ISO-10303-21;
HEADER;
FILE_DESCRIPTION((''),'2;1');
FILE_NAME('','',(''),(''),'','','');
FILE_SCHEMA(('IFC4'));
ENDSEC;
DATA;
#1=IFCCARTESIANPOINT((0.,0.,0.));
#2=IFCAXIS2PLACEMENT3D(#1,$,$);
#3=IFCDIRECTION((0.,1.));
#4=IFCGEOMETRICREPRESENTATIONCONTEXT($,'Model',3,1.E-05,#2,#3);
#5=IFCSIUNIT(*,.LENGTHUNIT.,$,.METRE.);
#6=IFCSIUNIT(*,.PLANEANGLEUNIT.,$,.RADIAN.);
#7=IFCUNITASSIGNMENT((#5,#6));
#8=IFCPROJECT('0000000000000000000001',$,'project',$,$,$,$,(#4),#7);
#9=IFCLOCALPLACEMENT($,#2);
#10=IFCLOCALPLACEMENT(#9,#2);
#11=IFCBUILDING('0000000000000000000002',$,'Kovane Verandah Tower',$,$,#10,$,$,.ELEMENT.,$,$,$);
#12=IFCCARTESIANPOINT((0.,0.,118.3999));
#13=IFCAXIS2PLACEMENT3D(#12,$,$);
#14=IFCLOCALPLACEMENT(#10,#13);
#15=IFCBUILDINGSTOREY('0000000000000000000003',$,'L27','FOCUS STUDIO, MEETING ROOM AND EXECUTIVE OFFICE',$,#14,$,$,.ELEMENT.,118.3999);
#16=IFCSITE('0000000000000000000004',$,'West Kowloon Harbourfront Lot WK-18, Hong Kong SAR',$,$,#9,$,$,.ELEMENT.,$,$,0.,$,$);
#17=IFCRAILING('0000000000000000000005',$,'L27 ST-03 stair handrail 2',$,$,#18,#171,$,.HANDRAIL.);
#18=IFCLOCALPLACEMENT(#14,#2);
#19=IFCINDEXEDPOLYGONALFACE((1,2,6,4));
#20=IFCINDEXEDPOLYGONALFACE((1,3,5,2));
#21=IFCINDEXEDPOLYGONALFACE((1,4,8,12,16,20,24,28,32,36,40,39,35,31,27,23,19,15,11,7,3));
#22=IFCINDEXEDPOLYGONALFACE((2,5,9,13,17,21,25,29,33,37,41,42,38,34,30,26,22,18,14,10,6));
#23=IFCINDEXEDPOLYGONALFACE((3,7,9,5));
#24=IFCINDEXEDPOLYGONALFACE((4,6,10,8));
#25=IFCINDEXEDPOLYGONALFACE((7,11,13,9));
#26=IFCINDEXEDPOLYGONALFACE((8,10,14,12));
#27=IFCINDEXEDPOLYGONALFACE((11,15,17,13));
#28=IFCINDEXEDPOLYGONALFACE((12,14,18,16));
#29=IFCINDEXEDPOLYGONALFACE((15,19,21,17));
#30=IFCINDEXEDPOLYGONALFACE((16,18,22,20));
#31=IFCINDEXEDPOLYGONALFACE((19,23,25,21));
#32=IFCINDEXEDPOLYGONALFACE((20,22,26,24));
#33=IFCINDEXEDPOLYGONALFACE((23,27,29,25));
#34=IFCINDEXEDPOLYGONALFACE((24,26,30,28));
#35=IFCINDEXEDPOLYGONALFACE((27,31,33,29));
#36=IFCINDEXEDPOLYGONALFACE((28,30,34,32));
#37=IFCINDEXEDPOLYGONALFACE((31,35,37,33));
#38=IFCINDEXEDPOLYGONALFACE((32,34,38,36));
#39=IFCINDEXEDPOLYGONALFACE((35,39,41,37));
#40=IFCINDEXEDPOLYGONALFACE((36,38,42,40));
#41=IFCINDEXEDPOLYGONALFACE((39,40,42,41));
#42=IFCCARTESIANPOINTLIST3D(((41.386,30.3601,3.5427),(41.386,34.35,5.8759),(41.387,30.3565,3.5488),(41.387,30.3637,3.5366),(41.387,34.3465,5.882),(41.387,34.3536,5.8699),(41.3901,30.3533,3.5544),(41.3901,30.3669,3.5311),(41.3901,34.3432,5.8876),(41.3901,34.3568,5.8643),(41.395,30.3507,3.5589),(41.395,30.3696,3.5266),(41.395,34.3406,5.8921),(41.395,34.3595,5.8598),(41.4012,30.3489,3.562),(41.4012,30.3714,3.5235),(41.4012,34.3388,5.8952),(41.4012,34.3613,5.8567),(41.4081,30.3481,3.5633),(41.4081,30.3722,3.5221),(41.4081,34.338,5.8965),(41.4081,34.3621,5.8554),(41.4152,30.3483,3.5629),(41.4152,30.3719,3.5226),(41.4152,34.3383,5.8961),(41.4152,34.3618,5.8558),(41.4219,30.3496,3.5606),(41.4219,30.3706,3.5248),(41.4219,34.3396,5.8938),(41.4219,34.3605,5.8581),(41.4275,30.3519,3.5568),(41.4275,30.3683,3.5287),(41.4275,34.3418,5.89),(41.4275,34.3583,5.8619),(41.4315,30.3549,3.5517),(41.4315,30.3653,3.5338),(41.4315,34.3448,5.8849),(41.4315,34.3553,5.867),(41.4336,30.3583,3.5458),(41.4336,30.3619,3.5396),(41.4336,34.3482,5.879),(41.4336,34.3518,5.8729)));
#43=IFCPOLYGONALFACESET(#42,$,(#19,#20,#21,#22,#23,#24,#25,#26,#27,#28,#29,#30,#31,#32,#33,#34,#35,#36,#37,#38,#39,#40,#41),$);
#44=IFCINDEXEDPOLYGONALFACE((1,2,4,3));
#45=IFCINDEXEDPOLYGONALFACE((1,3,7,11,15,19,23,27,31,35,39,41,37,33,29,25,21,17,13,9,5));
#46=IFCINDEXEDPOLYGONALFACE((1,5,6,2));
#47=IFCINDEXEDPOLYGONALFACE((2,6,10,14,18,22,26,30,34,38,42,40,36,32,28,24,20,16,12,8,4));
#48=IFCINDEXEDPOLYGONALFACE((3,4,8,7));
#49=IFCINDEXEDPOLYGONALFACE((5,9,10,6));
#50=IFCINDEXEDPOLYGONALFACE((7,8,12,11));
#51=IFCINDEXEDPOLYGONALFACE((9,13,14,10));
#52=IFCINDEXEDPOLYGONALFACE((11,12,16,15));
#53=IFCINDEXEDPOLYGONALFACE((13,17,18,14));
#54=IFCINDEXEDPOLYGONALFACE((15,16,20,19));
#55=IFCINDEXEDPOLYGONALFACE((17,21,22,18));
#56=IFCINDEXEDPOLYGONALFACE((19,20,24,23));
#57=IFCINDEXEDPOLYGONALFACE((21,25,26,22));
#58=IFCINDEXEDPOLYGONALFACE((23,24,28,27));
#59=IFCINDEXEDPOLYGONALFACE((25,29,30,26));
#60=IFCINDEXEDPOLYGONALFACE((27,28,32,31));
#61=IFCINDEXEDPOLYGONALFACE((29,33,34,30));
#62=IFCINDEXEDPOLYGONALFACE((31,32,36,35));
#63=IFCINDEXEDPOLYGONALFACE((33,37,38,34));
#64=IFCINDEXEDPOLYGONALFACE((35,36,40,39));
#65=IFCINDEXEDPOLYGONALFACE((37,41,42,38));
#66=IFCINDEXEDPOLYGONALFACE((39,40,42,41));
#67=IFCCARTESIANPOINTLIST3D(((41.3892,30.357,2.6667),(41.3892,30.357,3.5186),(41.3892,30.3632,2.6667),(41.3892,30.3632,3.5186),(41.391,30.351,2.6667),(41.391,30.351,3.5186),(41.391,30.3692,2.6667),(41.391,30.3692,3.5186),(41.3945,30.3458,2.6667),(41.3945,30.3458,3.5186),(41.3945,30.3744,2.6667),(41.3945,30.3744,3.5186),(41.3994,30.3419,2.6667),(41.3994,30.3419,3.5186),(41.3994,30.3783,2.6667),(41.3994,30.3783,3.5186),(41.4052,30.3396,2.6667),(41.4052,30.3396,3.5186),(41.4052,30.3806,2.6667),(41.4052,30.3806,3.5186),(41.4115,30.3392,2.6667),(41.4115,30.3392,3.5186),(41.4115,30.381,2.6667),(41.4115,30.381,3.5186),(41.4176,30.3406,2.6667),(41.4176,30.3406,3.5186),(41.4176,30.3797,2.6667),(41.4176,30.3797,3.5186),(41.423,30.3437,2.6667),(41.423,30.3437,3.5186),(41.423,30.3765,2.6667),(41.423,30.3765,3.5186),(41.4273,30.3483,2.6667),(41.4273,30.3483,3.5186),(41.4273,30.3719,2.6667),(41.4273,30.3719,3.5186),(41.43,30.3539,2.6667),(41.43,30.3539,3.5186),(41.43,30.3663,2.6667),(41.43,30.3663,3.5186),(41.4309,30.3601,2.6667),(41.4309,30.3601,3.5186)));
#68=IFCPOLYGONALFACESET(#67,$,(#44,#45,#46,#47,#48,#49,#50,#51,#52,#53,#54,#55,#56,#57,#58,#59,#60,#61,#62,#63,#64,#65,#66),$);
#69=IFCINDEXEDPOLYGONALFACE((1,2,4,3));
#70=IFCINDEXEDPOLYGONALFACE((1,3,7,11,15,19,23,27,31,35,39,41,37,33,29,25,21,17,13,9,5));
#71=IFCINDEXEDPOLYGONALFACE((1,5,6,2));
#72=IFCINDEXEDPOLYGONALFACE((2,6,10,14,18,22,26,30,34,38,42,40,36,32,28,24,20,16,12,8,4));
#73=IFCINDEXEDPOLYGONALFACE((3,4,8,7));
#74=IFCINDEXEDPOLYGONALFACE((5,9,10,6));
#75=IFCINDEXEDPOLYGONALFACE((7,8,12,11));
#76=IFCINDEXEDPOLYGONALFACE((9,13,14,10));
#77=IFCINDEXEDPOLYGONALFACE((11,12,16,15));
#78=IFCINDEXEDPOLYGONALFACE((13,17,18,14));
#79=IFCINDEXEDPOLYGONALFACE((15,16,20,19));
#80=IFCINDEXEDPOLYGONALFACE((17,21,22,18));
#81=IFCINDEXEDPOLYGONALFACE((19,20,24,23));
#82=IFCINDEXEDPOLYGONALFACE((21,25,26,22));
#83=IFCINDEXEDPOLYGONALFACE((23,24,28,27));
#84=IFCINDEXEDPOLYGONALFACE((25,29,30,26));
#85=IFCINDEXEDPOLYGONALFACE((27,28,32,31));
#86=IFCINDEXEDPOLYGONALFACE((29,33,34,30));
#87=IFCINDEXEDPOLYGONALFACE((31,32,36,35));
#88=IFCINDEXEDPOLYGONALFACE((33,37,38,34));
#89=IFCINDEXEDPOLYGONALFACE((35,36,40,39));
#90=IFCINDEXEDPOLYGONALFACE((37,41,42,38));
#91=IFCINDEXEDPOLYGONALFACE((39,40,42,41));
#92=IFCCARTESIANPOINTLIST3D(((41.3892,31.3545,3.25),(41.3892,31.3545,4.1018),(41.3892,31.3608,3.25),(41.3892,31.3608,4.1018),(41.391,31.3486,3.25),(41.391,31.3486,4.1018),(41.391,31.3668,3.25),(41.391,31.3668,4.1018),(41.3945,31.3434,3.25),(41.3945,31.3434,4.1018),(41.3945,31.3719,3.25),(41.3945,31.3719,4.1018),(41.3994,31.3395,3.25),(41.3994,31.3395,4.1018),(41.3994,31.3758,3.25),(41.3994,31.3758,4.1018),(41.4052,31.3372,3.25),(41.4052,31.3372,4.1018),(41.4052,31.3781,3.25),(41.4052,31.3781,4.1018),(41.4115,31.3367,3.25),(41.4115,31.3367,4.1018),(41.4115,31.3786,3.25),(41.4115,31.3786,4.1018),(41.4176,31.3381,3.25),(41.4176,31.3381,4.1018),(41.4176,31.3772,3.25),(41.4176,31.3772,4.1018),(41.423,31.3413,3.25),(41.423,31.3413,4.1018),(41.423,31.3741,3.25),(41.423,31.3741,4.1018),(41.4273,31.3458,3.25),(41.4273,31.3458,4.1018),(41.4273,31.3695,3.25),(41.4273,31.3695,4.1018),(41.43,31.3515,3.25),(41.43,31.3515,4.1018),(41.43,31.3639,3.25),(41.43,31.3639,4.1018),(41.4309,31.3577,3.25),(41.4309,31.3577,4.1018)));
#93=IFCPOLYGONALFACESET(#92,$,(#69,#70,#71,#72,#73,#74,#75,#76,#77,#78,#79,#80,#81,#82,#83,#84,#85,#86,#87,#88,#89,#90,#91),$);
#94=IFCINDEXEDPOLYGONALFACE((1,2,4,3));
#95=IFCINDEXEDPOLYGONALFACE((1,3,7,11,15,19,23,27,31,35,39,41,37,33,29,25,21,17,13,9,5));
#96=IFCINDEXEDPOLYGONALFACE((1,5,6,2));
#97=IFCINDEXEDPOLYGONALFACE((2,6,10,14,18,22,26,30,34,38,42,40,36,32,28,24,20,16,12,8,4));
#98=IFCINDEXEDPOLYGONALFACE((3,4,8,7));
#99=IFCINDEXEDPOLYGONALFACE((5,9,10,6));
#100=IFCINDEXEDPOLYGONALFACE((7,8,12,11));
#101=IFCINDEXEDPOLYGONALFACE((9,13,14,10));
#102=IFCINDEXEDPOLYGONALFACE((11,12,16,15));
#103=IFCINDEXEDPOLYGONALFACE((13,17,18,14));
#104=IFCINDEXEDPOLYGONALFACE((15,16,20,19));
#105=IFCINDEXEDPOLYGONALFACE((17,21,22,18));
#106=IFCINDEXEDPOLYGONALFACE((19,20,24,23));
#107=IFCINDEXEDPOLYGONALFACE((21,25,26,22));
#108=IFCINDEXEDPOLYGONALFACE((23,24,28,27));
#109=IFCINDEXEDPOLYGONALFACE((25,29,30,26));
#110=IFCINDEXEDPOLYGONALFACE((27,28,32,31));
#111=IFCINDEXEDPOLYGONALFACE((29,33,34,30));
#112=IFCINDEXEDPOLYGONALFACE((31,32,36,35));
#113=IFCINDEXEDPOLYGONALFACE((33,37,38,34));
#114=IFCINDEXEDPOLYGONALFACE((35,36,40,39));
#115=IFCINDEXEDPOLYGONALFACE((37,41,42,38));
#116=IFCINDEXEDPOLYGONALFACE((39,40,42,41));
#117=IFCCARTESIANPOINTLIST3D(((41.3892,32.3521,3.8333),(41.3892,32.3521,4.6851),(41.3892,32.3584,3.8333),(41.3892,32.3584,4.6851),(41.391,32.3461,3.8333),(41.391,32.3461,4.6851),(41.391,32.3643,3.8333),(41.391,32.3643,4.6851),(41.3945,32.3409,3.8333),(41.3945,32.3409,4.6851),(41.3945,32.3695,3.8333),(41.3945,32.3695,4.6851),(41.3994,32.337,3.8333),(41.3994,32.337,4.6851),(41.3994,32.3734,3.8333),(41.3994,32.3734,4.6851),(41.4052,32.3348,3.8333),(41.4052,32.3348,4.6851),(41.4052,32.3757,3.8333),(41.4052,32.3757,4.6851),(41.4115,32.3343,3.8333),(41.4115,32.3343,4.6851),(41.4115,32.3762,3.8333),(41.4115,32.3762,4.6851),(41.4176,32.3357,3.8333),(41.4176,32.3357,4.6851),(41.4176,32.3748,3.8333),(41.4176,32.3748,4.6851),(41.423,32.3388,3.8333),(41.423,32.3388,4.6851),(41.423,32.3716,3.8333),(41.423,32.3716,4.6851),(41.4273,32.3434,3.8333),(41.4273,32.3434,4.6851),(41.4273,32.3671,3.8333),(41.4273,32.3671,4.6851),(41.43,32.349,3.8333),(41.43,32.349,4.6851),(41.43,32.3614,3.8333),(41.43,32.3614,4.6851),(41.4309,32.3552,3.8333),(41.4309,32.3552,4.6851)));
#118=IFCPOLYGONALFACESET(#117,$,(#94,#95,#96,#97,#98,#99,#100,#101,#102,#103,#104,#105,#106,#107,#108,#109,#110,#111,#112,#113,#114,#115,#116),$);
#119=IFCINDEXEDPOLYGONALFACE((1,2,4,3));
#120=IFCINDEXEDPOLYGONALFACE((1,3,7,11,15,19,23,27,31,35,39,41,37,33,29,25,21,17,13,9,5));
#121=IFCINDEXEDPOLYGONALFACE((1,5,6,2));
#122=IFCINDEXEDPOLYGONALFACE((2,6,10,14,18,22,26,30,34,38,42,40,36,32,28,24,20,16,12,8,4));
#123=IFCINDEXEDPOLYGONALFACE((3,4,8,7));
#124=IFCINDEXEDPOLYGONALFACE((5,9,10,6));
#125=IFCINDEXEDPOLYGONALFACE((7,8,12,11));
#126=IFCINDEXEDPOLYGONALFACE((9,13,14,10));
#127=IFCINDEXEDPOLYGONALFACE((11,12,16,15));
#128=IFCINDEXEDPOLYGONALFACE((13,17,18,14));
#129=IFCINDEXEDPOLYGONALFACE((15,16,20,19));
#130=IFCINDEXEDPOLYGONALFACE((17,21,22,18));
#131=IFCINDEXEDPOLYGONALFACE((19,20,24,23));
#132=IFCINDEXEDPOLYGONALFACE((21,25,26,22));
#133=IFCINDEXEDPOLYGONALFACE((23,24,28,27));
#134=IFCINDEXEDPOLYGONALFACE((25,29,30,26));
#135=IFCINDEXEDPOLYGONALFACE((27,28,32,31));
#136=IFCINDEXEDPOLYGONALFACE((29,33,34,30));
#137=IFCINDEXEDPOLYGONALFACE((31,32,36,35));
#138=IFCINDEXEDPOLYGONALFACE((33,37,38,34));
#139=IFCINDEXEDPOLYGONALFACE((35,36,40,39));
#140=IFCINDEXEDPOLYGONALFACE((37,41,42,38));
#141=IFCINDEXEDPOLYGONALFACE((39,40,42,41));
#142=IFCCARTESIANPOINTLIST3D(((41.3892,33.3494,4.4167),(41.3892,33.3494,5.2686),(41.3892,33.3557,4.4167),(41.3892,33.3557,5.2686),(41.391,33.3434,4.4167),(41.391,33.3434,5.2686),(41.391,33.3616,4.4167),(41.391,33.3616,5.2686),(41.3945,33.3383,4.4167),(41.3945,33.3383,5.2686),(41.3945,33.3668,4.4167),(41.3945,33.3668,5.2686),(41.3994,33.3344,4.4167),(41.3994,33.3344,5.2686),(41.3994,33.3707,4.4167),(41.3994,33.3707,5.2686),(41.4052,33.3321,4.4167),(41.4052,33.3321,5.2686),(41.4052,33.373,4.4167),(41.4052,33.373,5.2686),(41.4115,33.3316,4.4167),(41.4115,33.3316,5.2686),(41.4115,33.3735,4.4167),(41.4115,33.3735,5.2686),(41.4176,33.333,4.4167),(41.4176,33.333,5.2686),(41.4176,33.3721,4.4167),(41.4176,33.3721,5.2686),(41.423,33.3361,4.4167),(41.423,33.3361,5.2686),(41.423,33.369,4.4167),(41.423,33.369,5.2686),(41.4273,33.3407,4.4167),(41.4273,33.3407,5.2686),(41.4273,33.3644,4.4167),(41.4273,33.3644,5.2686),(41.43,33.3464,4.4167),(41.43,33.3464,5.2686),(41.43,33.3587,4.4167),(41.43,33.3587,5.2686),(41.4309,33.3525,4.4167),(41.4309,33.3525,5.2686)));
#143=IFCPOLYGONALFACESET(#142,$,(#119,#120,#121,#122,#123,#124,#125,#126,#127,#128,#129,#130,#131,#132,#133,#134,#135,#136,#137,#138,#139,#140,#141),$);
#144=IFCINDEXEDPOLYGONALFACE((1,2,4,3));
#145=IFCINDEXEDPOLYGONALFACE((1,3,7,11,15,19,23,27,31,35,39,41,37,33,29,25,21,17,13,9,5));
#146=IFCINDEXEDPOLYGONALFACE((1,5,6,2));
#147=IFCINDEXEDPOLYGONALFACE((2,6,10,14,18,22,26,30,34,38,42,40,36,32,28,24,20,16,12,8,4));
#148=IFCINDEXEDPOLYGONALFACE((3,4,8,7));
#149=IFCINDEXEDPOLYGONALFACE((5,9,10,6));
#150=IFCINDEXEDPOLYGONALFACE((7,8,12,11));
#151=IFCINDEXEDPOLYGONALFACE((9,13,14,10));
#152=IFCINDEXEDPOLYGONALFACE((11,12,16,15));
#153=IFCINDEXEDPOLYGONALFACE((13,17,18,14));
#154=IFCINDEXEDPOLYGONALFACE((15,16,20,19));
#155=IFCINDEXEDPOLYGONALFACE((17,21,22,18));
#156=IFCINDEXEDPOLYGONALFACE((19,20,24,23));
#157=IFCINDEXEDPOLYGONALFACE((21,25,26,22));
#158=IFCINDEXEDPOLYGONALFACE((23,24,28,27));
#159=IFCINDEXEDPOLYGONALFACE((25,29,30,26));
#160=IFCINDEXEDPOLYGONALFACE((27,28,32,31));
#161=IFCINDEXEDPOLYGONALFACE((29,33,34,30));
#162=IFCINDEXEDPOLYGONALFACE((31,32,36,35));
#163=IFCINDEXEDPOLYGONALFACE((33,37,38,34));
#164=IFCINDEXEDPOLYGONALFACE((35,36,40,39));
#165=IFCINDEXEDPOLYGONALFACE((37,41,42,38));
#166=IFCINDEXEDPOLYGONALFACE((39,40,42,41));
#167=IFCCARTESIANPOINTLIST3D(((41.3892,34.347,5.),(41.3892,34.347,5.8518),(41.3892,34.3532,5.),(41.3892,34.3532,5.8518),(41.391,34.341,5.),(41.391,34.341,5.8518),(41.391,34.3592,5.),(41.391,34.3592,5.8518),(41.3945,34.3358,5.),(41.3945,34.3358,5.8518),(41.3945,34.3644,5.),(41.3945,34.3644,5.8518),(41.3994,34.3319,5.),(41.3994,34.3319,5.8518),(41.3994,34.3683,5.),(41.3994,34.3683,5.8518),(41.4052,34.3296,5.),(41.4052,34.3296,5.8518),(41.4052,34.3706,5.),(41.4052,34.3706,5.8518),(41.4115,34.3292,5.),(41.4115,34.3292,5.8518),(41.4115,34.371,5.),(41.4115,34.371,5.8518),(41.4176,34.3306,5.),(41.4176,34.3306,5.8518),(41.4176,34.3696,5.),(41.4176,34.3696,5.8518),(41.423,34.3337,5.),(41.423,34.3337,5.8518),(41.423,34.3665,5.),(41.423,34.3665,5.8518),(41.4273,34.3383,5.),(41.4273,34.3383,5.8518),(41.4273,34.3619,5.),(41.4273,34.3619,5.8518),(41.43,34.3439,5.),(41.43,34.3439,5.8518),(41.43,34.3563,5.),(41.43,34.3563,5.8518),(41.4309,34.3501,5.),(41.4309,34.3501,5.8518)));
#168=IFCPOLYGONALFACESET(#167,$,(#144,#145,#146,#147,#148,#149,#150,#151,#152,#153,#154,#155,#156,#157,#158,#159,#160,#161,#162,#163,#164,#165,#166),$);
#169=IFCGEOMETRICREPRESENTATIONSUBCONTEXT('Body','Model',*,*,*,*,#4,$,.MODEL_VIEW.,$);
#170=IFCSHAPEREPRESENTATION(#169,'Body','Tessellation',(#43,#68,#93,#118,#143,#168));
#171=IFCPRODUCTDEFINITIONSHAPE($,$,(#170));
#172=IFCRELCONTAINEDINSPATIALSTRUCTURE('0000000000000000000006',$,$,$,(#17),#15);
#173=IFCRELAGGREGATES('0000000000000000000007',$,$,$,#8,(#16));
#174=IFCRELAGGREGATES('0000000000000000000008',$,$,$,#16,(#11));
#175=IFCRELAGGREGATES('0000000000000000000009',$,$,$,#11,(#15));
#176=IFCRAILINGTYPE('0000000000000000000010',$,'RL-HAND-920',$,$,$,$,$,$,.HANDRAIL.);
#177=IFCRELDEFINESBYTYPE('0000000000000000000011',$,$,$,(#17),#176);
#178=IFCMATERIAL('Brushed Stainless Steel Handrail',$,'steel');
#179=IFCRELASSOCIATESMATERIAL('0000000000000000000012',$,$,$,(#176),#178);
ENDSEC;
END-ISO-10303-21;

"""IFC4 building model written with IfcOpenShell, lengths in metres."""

from ifc_helpers import new_model, si_unit, direction, frame, origin, origin_2d, place, context, subcontext, project, spatial, circle, extrude, material, type_object, element, save


model = new_model("IFC4")

# Units and contexts
model_context = context("Model", 3, precision=1e-05, world=origin(), true_north=direction((0.0, 1.0)))
body_context = subcontext(model_context, "Body", "Model", "MODEL_VIEW")
ifc_project = project(units=[si_unit("LENGTHUNIT", "METRE"), si_unit("PLANEANGLEUNIT", "RADIAN")], contexts=[model_context])

# Site, building, storey
site_placement = place(None, origin())
site = spatial("IfcSite", under=ifc_project, at=site_placement, Name="West Kowloon Harbourfront Lot WK-18, Hong Kong SAR", CompositionType="ELEMENT", RefElevation=0.0)
building_placement = place(site_placement, origin())
building = spatial("IfcBuilding", under=site, at=building_placement, Name="Kovane Verandah Tower", CompositionType="ELEMENT")
storey_placement = place(building_placement, frame((0.0, 0.0, 118.3999)))
storey = spatial("IfcBuildingStorey", under=building, at=storey_placement, Name="L27", Description="FOCUS STUDIO, MEETING ROOM AND EXECUTIVE OFFICE", CompositionType="ELEMENT", Elevation=118.3999)

# Railing
ifc_material_1 = material(Name="Brushed Stainless Steel Handrail", Category="steel")
railing_type_1 = type_object("IfcRailingType", Name="RL-HAND-920", PredefinedType="HANDRAIL", material=ifc_material_1)
railing_1_placement = place(storey_placement, frame((41.4099, 30.3601, 2.6667)))
element("IfcRailing", 1, at=railing_1_placement, inside=storey, type_object=railing_type_1, Name="L27 ST-03 stair handrail 2", PredefinedType="HANDRAIL", context=body_context, shape_type="SweptSolid", body=[
    extrude(circle(Radius=0.0239, at=origin_2d()), frame((0.0, 0.0, 0.876), z_axis=(0.0, 0.863236, 0.5048), x_axis=(-1.0, 0.0, 0.0)), (0.0, 0.0, 1.0), 4.6221),
    extrude(circle(Radius=0.021, at=origin_2d()), origin(), (0.0, 0.0, 1.0), 0.8518),
    extrude(circle(Radius=0.021, at=origin_2d()), frame((0.0, 0.9976, 0.5833)), (0.0, 0.0, 1.0), 0.8518),
    extrude(circle(Radius=0.021, at=origin_2d()), frame((0.0, 1.9951, 1.1665)), (0.0, 0.0, 1.0), 0.8518),
    extrude(circle(Radius=0.021, at=origin_2d()), frame((0.0, 2.9924, 1.75)), (0.0, 0.0, 1.0), 0.8518),
    extrude(circle(Radius=0.021, at=origin_2d()), frame((0.0, 3.99, 2.3333)), (0.0, 0.0, 1.0), 0.8518),
])

save(model, "model.ifc")
